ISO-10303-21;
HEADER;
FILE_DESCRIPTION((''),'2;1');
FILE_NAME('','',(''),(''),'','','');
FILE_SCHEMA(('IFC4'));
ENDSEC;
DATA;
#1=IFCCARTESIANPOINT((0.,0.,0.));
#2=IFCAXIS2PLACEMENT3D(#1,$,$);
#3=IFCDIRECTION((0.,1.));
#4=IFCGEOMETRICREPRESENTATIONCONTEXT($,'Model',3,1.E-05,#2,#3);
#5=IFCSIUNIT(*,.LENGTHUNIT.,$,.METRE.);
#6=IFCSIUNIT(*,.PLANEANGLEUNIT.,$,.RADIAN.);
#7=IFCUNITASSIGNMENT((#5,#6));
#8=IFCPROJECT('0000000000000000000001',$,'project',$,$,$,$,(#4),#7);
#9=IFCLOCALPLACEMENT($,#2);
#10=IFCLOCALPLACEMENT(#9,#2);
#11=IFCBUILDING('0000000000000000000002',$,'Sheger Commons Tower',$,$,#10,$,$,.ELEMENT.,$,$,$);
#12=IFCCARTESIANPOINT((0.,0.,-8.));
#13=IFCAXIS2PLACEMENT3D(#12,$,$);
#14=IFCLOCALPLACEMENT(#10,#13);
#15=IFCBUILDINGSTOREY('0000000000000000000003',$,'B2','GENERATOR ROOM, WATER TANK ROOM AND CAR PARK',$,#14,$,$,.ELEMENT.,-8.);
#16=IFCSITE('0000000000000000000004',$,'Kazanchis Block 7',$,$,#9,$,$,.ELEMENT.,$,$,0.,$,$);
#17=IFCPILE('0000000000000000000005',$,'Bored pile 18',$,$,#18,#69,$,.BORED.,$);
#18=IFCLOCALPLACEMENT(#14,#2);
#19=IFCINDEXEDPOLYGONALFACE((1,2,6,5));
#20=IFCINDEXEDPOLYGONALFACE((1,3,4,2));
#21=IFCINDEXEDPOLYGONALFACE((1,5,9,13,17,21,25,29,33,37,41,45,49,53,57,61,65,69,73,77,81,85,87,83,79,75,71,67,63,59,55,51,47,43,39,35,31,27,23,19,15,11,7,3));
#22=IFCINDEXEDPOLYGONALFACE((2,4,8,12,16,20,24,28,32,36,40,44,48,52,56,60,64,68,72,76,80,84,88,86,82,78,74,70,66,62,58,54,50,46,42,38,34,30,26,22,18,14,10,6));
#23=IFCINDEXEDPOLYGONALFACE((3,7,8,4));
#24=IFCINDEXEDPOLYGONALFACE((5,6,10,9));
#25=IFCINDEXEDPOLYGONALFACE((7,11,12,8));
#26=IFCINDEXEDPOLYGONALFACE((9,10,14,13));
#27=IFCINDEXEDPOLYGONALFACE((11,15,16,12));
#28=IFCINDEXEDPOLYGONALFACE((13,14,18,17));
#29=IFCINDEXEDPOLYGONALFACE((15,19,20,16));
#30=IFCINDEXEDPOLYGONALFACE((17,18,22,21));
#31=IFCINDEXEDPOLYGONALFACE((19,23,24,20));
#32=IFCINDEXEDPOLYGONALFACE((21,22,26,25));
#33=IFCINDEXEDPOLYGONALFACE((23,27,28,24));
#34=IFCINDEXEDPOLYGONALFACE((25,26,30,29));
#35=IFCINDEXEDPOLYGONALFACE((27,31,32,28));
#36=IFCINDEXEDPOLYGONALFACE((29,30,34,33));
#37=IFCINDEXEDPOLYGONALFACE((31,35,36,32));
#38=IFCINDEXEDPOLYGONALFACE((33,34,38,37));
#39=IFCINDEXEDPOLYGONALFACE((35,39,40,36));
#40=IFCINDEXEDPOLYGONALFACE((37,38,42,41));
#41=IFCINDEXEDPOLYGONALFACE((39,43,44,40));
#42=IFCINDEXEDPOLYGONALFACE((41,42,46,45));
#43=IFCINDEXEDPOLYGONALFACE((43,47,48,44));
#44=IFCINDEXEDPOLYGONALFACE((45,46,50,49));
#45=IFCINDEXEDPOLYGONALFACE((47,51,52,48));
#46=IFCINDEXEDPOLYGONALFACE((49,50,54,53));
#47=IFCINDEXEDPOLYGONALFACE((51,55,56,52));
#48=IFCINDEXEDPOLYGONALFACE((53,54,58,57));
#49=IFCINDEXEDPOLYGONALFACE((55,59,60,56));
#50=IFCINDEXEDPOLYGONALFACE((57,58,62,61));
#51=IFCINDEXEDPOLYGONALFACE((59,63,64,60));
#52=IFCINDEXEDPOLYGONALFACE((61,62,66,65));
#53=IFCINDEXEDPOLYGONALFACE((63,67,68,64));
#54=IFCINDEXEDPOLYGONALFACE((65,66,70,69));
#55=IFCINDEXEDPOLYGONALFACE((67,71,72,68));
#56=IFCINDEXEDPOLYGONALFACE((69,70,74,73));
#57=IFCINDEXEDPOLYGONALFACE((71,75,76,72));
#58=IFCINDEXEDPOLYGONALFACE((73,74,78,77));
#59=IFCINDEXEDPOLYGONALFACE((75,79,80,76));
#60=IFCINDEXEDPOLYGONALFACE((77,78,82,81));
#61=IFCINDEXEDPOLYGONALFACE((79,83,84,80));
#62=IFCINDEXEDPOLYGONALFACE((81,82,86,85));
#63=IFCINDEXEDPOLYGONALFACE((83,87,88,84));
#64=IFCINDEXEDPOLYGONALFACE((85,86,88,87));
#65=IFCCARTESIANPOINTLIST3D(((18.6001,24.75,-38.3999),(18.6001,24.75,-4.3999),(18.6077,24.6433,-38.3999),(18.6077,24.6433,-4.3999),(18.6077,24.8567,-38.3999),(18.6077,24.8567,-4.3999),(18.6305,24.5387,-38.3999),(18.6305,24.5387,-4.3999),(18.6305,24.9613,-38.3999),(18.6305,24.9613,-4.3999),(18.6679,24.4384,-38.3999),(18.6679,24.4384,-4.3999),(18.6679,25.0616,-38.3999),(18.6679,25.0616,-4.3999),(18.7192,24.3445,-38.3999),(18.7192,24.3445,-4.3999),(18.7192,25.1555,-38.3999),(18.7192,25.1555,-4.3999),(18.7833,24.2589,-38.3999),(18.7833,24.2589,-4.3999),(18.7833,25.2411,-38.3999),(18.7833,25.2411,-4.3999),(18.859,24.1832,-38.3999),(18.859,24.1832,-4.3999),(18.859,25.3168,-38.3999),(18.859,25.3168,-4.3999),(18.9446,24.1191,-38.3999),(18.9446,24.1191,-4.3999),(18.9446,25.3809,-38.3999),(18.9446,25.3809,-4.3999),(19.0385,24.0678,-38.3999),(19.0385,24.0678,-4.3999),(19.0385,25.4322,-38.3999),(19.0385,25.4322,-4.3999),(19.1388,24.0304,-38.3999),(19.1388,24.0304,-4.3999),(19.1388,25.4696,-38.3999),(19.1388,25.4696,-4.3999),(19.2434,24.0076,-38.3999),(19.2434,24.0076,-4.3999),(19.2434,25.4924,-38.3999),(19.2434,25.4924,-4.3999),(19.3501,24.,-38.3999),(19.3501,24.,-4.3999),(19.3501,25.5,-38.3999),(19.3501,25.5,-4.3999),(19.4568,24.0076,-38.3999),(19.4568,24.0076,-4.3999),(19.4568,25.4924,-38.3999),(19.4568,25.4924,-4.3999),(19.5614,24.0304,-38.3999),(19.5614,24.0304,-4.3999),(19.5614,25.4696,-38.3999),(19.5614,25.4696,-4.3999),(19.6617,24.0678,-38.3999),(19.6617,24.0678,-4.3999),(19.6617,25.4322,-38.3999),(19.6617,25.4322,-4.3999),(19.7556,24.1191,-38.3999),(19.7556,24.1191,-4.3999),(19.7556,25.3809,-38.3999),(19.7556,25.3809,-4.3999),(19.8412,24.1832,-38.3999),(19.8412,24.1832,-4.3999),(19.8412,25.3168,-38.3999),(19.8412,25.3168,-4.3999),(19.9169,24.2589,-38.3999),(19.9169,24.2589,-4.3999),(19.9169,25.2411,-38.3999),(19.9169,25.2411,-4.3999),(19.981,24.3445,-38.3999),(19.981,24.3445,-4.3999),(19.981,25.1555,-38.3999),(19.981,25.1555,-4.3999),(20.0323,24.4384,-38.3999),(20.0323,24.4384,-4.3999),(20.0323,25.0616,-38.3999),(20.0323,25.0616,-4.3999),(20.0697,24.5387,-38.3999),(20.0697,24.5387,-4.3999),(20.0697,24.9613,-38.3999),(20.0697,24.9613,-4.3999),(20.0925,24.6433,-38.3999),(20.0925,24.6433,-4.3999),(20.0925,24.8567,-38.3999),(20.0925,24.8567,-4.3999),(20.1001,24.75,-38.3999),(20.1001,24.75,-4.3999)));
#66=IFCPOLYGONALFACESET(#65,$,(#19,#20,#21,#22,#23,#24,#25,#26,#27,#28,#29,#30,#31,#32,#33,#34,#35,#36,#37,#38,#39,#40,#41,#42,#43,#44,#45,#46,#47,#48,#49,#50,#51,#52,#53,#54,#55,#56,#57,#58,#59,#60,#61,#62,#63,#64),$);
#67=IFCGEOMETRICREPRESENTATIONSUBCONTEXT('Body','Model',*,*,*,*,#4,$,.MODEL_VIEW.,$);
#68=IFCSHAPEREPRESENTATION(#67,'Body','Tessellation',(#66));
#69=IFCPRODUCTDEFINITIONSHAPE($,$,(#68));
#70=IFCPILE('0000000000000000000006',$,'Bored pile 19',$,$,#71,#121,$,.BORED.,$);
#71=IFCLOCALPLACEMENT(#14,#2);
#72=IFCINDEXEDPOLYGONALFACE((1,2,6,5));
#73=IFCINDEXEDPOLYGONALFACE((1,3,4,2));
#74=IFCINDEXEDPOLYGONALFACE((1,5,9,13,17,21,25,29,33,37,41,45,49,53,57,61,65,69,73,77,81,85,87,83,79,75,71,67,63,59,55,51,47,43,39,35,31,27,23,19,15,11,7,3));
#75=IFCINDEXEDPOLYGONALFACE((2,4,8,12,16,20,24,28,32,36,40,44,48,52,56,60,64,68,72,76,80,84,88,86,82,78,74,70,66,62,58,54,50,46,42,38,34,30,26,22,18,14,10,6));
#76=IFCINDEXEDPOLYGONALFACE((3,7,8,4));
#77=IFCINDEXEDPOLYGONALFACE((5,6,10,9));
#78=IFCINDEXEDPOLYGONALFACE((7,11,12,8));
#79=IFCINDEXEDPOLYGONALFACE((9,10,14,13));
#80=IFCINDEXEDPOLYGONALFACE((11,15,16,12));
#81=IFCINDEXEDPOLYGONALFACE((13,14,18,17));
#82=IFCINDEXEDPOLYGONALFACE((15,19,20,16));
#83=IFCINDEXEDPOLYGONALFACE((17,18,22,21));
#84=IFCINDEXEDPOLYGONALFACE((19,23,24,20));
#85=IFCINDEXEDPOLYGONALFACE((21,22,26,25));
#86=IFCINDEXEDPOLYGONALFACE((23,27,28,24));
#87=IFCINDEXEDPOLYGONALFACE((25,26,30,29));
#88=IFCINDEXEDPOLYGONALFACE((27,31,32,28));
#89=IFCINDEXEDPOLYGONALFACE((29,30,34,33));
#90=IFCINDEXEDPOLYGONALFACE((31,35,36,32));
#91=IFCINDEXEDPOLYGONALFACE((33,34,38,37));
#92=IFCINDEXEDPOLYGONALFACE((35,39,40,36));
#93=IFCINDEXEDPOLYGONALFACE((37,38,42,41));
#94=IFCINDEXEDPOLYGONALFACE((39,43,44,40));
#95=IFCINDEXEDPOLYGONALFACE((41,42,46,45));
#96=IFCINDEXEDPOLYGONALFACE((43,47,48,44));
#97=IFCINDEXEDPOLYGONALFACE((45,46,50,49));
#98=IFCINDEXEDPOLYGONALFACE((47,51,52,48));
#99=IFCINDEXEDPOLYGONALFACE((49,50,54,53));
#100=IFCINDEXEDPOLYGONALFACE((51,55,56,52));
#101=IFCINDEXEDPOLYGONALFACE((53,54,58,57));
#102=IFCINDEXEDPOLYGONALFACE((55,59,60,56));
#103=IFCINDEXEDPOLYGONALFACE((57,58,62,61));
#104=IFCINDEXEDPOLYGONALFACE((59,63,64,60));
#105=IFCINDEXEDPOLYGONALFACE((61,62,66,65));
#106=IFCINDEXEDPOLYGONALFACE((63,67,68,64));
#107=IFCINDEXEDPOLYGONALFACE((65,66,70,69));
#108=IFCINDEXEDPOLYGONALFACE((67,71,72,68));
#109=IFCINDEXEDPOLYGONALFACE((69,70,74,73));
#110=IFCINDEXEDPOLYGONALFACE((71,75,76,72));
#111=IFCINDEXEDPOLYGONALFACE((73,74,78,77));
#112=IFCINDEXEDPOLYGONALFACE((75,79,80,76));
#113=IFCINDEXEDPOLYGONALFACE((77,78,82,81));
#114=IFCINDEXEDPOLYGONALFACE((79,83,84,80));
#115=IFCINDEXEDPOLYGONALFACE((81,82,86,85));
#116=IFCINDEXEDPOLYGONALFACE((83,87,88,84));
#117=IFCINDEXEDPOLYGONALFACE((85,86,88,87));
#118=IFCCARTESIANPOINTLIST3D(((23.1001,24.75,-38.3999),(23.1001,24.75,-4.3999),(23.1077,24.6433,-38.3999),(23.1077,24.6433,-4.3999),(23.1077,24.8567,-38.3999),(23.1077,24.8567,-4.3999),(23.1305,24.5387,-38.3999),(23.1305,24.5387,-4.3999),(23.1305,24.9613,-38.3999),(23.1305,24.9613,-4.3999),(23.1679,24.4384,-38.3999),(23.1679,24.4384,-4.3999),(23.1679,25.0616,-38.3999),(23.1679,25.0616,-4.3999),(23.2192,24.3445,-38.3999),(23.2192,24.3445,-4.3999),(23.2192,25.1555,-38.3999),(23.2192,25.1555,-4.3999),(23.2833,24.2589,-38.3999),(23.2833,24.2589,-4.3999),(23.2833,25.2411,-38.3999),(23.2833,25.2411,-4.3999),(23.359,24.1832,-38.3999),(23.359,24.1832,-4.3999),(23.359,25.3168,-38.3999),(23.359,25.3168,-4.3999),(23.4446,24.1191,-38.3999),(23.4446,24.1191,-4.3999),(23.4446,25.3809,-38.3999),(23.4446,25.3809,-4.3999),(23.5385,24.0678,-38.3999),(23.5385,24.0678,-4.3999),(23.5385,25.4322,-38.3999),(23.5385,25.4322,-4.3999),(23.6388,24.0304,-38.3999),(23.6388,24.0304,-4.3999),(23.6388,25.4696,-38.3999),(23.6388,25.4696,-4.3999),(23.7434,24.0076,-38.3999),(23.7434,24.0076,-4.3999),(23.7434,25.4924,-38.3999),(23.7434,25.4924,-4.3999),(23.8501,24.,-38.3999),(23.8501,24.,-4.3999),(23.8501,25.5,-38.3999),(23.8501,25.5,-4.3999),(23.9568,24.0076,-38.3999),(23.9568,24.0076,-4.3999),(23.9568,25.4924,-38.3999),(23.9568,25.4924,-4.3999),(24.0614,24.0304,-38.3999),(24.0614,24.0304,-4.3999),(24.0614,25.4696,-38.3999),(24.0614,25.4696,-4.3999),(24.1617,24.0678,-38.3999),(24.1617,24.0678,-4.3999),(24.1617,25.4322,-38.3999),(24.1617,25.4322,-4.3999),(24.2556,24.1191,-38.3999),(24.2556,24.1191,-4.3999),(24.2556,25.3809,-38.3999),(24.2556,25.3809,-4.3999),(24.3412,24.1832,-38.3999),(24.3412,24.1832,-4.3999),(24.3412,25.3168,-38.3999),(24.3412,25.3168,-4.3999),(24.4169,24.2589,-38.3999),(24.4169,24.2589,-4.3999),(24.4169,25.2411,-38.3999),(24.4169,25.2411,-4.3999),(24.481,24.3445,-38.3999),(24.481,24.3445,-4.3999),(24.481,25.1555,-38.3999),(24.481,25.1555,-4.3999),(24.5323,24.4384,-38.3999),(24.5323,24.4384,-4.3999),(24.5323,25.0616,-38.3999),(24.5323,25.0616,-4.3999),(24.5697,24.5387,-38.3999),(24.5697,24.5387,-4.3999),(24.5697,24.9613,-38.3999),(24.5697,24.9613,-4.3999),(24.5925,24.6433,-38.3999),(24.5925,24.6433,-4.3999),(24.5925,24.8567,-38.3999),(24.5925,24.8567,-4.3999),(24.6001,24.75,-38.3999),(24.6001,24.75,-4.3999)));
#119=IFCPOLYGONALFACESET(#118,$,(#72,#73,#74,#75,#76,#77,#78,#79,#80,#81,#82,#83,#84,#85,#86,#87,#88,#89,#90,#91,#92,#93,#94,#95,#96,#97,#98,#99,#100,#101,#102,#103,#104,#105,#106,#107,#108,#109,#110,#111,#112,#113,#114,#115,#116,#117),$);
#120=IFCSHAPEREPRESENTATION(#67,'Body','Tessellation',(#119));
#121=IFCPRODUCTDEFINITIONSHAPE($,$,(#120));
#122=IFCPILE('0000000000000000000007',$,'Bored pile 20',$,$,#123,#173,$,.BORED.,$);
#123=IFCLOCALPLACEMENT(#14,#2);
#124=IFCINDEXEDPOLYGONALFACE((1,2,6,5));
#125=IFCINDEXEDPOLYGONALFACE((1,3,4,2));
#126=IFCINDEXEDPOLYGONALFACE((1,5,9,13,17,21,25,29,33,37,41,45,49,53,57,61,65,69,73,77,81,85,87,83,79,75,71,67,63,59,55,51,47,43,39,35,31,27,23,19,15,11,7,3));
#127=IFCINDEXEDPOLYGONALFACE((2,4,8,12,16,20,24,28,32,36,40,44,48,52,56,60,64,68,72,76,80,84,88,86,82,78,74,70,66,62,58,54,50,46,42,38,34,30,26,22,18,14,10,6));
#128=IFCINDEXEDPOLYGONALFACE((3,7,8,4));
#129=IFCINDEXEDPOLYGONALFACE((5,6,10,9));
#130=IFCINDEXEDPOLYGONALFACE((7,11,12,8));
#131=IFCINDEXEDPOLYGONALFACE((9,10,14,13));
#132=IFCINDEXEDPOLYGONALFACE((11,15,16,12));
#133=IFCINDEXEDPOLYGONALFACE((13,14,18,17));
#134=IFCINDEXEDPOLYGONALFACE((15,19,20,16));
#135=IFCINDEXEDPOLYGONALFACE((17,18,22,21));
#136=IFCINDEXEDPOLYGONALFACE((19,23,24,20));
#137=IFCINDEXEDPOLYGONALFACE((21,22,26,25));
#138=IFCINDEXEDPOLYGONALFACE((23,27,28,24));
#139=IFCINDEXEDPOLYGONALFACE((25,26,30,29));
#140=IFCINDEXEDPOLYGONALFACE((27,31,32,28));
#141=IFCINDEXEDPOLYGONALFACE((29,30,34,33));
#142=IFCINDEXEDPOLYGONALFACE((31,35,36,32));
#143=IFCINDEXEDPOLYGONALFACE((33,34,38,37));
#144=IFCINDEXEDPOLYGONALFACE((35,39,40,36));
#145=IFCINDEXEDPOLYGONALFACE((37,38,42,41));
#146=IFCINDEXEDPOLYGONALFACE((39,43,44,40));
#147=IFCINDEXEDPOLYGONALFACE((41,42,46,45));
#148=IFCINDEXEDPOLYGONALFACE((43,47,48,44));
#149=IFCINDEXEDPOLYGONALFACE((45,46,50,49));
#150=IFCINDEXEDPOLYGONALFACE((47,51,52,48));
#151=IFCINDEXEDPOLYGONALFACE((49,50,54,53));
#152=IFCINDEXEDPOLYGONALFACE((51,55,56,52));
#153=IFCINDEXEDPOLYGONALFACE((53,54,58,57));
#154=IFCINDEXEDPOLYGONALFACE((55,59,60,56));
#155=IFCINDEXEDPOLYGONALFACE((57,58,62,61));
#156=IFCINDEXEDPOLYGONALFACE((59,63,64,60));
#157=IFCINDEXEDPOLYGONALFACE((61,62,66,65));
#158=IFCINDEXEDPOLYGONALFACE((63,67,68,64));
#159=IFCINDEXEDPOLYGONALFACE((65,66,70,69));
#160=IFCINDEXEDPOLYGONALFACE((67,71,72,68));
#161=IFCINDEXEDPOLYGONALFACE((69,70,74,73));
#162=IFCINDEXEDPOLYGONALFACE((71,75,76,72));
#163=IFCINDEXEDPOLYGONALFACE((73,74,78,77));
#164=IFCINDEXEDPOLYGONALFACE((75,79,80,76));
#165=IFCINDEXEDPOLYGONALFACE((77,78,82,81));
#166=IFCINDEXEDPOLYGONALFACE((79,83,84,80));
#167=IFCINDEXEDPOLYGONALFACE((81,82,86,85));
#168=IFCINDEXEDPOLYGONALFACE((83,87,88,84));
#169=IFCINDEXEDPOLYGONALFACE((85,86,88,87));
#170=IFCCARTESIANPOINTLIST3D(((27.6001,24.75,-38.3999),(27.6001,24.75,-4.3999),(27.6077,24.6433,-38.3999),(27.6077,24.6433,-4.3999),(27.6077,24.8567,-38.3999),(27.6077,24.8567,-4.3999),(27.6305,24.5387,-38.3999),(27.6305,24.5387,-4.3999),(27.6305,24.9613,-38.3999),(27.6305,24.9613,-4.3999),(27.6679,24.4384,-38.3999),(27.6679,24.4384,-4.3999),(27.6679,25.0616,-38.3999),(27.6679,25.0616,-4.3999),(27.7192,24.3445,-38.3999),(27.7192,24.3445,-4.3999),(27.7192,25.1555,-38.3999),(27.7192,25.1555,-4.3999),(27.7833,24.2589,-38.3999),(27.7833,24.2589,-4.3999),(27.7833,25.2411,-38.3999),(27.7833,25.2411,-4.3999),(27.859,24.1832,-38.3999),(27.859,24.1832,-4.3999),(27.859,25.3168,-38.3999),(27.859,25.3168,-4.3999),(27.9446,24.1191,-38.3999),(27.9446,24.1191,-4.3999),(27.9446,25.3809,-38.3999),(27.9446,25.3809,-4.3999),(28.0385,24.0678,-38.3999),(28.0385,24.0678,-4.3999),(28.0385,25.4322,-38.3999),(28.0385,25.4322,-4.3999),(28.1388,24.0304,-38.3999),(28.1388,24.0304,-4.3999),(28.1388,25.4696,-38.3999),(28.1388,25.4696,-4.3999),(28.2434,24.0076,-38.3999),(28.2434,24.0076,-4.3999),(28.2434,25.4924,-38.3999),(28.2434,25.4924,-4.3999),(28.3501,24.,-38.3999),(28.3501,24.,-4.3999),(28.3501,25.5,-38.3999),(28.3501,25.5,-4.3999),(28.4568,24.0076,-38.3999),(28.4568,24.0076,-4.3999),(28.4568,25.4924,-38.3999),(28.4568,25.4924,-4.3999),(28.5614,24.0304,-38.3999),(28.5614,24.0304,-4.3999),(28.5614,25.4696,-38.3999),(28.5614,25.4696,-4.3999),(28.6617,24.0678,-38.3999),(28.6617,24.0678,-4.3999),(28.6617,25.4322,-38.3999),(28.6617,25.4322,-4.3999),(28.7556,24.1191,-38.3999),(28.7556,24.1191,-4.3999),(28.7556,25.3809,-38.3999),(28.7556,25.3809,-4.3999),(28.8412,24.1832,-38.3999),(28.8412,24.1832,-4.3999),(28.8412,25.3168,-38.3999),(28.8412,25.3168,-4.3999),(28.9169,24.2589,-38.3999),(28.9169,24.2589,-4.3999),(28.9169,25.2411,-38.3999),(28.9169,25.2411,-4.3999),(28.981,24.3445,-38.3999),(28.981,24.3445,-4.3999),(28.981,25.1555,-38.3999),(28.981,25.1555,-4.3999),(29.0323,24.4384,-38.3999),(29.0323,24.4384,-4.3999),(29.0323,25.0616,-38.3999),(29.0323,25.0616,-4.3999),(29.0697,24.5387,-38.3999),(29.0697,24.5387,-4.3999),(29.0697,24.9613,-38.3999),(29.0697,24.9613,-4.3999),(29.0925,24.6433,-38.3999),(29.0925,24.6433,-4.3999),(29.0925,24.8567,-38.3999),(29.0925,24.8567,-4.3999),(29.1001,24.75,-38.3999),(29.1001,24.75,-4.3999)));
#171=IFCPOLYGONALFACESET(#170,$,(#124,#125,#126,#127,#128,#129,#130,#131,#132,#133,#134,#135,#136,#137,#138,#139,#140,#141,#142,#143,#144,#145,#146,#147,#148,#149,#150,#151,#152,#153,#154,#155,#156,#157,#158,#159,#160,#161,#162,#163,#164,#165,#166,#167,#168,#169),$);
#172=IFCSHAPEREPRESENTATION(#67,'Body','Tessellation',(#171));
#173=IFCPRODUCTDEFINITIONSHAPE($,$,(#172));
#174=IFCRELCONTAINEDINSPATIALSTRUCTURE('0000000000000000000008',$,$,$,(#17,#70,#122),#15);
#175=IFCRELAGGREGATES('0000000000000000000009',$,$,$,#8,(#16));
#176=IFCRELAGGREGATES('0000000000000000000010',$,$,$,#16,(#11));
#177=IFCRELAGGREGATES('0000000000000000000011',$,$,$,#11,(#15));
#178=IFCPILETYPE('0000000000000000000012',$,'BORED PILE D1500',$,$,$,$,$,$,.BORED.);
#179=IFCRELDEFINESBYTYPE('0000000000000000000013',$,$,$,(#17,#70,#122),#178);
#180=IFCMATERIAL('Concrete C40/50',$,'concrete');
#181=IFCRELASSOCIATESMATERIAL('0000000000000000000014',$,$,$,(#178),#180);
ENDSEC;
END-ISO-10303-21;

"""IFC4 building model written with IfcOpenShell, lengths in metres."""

from ifc_helpers import new_model, si_unit, direction, frame, origin, origin_2d, place, context, subcontext, project, spatial, circle, extrude, material, material_profile, profile_set, type_object, element, save


model = new_model("IFC4")

# Units and contexts
model_context = context("Model", 3, precision=1e-05, world=origin(), true_north=direction((0.0, 1.0)))
body_context = subcontext(model_context, "Body", "Model", "MODEL_VIEW")
ifc_project = project(units=[si_unit("LENGTHUNIT", "METRE"), si_unit("PLANEANGLEUNIT", "RADIAN")], contexts=[model_context])

# Site, building, storey
site_placement = place(None, origin())
site = spatial("IfcSite", under=ifc_project, at=site_placement, Name="Kazanchis Block 7", CompositionType="ELEMENT", RefElevation=0.0)
building_placement = place(site_placement, origin())
building = spatial("IfcBuilding", under=site, at=building_placement, Name="Sheger Commons Tower", CompositionType="ELEMENT")
storey_placement = place(building_placement, frame((0.0, 0.0, -8.0)))
storey = spatial("IfcBuildingStorey", under=building, at=storey_placement, Name="B2", Description="GENERATOR ROOM, WATER TANK ROOM AND CAR PARK", CompositionType="ELEMENT", Elevation=-8.0)

# Piles
ifc_material_1 = material(Name="Concrete C40/50", Category="concrete")
ifc_material_profile_1 = material_profile(ifc_material_1, circle(Radius=0.75, at=origin_2d()), Name="PILE D1500")
ifc_profile_set_1 = profile_set([ifc_material_profile_1], Name="Concrete C40/50")
pile_type = type_object("IfcPileType", Name="BORED PILE D1500", PredefinedType="BORED", material=ifc_profile_set_1)
for number, where, z_axis, x_axis, name in (
    (1, (19.3501, 24.75, -4.3999), (0.0, 0.0, -1.0), (1.0, 0.0, 0.0), "Bored pile 18"),
    (2, (23.8501, 24.75, -4.3999), (0.0, 0.0, -1.0), (1.0, 0.0, 0.0), "Bored pile 19"),
    (3, (28.3501, 24.75, -4.3999), (0.0, 0.0, -1.0), (1.0, 0.0, 0.0), "Bored pile 20"),
):
    element("IfcPile", number, at=place(storey_placement, frame(where, z_axis=z_axis, x_axis=x_axis)), inside=storey, type_object=pile_type, Name=name, PredefinedType="BORED", context=body_context, shape_type="SweptSolid", body=[
        extrude(circle(Radius=0.75, at=origin_2d()), origin(), (0.0, 0.0, 1.0), 34.0),
    ])

save(model, "model.ifc")
